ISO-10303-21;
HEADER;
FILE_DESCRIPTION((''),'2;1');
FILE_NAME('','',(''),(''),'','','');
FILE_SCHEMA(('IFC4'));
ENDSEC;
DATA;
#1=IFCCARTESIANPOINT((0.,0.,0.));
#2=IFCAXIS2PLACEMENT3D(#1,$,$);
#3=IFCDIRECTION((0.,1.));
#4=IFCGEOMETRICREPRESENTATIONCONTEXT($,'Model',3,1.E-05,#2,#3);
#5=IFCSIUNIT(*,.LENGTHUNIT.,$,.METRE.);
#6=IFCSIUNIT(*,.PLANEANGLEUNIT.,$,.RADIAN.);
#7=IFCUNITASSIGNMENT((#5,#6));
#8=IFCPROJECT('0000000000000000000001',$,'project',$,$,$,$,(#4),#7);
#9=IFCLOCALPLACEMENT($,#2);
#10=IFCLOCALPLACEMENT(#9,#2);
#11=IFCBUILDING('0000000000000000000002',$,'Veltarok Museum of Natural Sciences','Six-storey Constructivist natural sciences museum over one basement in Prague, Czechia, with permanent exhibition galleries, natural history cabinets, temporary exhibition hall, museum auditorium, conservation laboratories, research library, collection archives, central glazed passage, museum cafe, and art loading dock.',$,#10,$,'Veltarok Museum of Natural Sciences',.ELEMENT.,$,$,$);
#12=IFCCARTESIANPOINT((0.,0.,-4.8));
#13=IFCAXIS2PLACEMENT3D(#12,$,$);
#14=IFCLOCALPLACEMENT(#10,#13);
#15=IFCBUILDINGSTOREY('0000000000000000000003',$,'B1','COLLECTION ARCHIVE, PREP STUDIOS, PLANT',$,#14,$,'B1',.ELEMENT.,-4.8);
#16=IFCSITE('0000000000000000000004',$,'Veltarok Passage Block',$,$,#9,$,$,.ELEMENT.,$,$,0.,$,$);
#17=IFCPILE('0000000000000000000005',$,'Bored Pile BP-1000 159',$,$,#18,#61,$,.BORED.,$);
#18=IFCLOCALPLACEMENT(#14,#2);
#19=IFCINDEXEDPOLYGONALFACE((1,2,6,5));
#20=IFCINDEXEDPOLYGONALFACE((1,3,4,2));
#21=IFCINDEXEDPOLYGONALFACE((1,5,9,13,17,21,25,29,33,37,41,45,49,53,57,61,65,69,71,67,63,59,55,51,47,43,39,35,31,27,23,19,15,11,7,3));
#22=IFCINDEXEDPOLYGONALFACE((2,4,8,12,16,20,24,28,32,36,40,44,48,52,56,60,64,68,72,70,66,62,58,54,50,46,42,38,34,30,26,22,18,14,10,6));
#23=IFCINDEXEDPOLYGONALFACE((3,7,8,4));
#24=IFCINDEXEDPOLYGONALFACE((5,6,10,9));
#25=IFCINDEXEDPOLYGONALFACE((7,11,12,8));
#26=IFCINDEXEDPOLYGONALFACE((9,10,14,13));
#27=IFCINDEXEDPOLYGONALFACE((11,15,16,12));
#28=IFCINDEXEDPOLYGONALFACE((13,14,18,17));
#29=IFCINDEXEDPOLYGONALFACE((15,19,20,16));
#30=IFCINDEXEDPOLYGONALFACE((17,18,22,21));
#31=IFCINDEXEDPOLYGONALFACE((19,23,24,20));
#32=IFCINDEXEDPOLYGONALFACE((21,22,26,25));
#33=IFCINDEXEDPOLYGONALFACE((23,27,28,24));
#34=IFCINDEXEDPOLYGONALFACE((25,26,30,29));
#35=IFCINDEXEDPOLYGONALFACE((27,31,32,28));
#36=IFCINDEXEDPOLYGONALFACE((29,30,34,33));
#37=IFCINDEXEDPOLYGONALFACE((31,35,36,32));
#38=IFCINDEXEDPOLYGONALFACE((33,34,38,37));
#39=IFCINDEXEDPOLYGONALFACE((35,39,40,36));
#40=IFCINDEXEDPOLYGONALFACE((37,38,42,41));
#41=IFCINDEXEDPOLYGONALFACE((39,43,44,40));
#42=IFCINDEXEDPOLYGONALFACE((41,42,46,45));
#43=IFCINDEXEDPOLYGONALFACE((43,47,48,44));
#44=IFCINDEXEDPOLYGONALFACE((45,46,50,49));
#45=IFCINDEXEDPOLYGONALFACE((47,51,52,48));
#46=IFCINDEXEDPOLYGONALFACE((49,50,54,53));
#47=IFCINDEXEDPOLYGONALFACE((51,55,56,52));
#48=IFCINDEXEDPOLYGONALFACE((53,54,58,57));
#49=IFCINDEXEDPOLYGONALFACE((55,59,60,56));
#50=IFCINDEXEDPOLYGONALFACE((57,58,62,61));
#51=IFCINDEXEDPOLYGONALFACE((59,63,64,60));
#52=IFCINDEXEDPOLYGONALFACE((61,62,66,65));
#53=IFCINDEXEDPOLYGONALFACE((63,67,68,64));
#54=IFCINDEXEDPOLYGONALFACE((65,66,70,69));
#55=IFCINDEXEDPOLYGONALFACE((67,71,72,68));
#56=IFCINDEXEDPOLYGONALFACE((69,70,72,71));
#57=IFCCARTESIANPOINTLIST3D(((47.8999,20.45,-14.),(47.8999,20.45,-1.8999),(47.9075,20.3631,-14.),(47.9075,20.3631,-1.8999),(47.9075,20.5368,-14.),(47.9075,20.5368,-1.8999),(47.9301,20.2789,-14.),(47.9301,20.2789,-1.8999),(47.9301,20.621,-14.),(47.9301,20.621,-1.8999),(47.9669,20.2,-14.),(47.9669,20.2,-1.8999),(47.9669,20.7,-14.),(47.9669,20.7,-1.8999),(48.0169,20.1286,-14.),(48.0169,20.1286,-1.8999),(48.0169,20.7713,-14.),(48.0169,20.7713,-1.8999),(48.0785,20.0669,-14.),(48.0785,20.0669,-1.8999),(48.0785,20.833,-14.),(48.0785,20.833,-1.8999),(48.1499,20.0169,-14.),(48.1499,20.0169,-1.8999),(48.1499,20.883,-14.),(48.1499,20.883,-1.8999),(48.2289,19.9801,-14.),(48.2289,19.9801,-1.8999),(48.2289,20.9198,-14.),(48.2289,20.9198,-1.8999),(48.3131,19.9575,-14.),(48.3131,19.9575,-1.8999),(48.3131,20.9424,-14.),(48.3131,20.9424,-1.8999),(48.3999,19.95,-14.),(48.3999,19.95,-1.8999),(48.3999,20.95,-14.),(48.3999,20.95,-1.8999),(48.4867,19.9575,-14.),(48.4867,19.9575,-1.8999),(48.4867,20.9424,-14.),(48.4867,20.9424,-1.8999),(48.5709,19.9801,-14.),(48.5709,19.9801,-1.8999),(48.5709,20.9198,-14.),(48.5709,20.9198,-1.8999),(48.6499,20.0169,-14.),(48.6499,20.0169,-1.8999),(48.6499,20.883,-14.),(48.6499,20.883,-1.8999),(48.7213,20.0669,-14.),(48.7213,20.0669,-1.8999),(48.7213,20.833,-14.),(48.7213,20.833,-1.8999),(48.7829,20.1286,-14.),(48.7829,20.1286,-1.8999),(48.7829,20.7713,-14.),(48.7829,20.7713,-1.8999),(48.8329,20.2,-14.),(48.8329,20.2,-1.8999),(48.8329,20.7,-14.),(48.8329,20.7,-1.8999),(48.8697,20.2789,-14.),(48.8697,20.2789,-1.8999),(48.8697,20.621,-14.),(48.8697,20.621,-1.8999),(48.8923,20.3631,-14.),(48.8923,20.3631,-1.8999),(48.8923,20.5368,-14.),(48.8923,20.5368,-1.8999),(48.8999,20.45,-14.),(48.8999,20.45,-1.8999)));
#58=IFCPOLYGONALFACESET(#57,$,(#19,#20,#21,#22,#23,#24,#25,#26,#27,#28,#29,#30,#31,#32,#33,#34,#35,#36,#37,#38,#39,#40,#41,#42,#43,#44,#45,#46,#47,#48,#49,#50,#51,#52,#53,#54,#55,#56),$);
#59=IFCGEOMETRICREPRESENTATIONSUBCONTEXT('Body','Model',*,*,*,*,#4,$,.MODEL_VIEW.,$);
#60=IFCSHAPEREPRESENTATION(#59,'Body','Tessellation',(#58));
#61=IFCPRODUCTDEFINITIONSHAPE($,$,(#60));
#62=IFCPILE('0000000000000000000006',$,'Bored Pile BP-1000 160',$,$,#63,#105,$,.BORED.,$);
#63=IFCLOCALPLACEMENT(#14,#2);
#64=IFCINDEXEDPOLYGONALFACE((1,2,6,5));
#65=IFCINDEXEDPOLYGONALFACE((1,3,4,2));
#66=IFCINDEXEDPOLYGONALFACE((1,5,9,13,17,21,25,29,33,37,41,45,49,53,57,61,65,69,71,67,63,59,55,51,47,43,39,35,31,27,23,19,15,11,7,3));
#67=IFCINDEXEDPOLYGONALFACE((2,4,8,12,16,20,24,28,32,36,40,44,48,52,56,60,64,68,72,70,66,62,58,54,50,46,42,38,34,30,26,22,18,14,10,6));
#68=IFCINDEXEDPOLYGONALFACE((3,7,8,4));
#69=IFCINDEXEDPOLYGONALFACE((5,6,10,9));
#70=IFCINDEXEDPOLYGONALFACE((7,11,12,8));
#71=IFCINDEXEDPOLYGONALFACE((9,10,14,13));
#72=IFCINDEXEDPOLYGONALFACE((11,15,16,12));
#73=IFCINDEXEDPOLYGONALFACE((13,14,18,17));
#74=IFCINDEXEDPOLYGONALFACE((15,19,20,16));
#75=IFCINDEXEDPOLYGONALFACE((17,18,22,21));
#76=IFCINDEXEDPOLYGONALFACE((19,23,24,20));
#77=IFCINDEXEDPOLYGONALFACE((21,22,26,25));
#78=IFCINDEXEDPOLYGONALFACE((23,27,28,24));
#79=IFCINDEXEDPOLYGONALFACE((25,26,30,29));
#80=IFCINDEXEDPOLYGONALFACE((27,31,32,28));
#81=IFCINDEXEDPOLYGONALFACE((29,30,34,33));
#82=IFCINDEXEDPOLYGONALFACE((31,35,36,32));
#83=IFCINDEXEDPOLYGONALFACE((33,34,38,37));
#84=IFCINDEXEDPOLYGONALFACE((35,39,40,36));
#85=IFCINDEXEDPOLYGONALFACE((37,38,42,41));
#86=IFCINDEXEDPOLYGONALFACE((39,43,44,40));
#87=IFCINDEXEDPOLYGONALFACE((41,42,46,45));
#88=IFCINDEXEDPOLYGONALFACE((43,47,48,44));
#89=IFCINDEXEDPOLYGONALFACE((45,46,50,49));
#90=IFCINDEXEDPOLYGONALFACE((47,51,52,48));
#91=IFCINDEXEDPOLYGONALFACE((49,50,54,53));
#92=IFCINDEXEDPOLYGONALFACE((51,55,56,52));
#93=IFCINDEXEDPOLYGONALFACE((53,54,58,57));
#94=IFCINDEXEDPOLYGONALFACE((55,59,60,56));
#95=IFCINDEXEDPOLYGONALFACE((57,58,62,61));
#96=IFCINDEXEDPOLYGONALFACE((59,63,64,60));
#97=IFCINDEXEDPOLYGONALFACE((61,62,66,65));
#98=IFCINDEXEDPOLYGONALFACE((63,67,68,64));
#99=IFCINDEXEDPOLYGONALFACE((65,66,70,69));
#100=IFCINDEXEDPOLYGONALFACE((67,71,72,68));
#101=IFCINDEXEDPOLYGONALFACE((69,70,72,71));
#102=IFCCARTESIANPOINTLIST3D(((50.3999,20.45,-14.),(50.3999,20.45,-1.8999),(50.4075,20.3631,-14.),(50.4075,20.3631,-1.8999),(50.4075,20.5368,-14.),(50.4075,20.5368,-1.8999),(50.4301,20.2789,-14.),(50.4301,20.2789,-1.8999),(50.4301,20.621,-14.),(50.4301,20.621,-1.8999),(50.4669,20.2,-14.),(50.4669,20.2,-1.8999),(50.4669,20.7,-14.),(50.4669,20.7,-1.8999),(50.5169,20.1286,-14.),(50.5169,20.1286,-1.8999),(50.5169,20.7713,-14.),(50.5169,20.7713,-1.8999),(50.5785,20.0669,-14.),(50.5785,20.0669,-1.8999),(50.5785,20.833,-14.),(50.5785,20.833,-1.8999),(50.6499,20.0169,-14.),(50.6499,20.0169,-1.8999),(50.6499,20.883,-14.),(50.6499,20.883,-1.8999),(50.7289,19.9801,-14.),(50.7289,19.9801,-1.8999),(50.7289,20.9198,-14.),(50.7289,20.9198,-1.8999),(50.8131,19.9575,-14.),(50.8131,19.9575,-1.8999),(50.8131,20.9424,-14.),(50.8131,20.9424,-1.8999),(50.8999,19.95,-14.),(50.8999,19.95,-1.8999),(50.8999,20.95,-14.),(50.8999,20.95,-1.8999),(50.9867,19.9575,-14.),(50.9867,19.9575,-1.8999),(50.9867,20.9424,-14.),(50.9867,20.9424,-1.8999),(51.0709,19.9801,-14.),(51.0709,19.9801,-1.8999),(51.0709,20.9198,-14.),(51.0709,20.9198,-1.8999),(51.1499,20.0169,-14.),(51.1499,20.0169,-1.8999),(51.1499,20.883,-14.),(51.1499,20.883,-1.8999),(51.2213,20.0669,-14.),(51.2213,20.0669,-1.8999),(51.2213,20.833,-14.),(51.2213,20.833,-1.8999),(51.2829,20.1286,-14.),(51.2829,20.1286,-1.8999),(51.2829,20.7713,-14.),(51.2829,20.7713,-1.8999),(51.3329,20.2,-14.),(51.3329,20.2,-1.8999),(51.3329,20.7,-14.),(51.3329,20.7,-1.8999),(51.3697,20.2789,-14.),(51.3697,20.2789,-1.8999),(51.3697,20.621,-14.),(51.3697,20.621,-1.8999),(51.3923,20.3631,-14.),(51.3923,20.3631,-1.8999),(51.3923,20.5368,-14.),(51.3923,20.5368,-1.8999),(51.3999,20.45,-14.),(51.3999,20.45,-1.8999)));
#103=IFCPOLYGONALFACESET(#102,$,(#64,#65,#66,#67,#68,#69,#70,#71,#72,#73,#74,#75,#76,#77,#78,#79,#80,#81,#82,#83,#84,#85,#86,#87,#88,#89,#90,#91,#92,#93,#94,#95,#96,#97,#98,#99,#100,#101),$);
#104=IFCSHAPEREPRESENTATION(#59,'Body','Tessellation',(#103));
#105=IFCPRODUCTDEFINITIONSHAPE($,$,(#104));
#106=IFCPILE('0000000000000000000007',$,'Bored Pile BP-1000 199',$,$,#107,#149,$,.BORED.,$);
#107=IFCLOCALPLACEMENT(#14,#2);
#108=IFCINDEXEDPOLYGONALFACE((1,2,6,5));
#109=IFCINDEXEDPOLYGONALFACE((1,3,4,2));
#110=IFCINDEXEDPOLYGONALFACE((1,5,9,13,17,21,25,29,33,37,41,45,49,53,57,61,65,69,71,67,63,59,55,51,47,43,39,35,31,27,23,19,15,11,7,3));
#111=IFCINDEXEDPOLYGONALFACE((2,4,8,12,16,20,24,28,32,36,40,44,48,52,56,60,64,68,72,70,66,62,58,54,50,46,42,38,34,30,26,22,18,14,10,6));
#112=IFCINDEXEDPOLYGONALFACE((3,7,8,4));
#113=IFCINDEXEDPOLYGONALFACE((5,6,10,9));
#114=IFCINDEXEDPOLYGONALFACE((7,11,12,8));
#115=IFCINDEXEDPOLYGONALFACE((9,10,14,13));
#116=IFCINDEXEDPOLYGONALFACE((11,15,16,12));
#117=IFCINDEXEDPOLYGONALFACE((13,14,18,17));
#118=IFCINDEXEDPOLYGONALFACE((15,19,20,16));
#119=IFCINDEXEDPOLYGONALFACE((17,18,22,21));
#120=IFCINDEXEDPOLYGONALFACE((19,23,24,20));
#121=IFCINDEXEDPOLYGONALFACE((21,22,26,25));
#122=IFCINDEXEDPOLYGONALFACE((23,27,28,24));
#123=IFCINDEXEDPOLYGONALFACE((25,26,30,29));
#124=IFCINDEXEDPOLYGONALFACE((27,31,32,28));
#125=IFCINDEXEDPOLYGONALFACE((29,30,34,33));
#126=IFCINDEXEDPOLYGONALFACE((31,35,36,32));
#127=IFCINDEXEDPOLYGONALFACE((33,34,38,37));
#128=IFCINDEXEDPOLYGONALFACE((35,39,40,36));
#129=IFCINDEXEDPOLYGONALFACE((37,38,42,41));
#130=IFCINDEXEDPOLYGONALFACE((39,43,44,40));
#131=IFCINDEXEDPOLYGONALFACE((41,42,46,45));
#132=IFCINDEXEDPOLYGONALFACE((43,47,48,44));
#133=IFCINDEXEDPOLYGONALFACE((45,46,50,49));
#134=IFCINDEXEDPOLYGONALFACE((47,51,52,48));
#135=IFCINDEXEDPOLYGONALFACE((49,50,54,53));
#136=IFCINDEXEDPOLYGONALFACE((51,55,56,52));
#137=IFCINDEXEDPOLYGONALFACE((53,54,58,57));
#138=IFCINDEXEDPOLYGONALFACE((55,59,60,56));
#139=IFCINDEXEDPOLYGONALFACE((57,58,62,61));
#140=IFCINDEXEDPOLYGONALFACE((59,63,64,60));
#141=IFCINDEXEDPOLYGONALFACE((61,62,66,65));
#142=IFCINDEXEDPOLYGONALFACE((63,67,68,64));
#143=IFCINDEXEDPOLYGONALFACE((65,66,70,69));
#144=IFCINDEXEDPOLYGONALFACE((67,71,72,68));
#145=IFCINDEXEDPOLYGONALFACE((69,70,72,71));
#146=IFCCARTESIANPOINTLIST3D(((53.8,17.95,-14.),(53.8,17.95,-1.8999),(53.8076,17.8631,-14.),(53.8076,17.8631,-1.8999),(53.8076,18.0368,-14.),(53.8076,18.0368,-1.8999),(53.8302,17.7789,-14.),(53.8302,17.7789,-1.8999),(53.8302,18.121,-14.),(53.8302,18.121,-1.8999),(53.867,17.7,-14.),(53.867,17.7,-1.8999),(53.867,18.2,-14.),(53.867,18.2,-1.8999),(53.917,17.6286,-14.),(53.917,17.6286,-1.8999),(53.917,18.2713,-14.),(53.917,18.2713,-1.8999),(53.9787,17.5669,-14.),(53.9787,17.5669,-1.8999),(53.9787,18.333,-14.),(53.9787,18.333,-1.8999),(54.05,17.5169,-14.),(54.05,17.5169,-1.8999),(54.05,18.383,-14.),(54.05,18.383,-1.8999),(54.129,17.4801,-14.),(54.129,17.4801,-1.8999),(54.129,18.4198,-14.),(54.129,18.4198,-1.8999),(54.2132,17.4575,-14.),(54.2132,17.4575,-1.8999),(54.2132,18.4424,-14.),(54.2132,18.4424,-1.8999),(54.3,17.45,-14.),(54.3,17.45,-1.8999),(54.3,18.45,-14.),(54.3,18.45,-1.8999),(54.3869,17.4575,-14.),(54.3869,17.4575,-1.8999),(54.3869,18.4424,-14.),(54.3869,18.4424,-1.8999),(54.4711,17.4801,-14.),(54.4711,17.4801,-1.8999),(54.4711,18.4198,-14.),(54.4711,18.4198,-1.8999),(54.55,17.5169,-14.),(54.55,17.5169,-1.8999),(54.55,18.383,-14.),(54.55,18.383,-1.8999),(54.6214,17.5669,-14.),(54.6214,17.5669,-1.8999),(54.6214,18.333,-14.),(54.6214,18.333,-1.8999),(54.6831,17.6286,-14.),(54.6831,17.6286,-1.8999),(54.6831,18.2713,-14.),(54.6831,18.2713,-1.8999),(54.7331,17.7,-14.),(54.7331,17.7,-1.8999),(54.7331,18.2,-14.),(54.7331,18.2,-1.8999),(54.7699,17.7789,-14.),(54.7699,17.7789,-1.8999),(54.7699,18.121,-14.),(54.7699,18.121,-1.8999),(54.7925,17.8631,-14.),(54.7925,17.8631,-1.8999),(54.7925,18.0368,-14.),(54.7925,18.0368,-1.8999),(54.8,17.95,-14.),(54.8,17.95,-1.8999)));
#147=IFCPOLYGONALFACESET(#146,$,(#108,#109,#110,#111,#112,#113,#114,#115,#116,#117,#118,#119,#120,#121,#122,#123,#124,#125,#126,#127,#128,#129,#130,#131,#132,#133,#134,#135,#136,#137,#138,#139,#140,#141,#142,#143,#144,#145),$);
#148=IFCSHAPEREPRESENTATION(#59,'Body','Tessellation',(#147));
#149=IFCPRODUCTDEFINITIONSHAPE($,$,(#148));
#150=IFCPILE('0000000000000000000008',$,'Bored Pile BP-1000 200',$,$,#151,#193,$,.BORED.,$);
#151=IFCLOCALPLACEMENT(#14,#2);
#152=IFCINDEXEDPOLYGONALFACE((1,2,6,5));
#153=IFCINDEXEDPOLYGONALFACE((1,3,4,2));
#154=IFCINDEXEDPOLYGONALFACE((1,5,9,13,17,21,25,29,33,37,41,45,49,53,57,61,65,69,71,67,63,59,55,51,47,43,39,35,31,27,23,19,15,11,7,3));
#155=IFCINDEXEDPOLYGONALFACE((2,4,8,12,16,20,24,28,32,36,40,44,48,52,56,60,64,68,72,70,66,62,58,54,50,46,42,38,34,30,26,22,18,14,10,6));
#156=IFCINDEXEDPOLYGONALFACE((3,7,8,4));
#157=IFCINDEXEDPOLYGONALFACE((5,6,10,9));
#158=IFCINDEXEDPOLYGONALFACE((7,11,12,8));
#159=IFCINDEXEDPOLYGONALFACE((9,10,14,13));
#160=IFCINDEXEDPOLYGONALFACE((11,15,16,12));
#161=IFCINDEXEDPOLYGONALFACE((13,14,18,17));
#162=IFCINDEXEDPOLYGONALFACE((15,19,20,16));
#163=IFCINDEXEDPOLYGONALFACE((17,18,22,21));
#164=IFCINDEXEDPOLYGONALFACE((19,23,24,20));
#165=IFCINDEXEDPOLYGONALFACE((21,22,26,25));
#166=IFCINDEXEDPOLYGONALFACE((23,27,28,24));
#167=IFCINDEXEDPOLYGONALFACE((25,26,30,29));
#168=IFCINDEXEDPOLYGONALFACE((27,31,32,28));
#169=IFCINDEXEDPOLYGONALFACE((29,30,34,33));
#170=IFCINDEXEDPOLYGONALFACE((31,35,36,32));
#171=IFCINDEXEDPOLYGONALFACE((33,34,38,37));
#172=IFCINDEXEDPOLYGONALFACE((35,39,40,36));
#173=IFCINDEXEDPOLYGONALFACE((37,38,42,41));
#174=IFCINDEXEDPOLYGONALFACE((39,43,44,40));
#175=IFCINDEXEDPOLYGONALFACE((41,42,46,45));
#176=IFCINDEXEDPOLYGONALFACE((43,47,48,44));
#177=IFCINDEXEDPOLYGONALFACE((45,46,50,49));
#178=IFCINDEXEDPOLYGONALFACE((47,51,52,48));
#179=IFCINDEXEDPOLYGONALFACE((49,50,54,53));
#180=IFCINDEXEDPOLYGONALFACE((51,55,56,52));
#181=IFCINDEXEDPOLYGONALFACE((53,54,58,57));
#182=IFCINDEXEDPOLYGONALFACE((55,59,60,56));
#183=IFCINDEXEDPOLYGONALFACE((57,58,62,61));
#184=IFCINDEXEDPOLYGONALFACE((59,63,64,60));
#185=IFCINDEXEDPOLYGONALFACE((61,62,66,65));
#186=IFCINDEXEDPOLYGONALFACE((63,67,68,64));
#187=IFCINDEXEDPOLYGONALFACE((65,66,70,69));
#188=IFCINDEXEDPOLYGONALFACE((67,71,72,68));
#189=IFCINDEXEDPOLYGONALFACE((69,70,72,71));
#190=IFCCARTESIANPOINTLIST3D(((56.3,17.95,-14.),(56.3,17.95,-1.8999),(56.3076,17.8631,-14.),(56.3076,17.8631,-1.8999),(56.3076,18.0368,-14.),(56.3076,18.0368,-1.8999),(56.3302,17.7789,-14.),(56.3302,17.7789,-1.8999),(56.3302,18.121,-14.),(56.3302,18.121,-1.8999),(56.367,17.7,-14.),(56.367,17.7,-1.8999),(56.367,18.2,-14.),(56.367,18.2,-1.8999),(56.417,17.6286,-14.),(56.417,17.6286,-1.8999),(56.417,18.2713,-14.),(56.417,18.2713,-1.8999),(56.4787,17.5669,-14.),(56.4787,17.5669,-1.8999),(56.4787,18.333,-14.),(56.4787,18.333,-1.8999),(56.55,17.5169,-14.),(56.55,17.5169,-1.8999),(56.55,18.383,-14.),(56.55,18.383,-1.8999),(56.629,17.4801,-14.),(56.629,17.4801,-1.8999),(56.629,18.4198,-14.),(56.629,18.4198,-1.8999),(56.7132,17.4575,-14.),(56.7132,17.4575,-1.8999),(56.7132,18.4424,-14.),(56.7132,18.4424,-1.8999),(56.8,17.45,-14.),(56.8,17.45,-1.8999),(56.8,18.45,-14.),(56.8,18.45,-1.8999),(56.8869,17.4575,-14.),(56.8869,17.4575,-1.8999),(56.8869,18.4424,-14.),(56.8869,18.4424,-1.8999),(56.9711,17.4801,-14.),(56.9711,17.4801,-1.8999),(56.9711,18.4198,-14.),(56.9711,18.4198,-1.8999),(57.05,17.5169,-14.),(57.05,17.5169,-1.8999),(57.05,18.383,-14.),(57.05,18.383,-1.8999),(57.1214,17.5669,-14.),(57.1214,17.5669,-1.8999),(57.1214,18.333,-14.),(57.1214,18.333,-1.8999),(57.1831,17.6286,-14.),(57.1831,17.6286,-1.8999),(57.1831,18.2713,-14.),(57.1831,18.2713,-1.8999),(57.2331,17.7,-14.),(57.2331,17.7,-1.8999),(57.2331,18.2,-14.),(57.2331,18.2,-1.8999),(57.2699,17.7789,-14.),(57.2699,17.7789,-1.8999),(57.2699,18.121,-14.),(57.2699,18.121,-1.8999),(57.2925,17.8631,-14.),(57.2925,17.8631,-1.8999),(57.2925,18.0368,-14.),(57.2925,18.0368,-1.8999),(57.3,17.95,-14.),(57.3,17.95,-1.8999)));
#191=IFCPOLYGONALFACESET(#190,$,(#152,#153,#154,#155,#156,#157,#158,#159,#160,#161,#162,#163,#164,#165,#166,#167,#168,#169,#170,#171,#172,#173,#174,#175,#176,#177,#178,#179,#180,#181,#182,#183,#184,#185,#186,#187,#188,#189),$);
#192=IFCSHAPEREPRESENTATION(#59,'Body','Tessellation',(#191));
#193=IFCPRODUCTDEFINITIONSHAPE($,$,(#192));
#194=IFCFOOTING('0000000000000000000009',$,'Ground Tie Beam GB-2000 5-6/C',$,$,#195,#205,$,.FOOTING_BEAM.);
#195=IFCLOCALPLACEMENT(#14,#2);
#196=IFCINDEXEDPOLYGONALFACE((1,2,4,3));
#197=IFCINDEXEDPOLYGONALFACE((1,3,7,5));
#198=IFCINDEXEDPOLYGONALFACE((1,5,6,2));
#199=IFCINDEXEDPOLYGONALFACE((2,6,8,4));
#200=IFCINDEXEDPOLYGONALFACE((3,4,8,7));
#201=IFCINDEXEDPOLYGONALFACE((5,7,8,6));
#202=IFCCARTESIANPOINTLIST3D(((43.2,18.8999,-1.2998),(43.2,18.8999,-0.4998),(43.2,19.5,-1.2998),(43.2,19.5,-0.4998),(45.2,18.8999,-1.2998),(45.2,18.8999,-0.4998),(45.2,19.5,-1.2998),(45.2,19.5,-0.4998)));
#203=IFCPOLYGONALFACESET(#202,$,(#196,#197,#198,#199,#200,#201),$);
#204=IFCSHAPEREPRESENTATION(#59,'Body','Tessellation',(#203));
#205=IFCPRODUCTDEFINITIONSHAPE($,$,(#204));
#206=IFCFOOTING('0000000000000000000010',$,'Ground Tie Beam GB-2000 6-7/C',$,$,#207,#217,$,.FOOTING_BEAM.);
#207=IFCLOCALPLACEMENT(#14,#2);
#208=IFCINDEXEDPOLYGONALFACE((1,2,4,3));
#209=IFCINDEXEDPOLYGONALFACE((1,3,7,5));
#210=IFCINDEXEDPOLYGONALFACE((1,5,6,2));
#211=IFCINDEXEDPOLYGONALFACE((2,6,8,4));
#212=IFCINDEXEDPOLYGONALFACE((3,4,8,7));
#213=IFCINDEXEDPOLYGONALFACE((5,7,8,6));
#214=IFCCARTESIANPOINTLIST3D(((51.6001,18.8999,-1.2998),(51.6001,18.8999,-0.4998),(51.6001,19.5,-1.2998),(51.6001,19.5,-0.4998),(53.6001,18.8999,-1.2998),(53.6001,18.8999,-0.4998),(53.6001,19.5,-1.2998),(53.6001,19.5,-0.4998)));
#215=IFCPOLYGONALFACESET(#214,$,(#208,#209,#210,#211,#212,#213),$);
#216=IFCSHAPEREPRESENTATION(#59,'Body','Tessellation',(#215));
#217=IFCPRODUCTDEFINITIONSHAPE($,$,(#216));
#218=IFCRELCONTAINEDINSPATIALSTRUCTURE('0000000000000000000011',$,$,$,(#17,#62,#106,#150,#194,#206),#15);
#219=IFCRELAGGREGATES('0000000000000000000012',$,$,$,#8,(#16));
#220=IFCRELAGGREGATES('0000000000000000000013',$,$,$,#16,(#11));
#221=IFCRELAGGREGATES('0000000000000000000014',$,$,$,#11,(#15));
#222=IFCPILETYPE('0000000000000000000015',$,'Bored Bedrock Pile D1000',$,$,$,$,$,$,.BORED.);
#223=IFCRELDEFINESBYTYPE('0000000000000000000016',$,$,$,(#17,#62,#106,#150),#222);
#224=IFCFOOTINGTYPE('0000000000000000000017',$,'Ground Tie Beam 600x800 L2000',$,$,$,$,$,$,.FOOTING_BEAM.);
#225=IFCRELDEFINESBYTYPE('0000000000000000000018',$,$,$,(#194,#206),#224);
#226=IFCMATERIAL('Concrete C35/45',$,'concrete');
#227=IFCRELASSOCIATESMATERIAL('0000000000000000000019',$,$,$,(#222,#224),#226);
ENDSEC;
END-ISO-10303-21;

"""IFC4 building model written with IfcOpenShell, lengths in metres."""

from ifc_helpers import new_model, si_unit, direction, frame, origin, origin_2d, place, context, subcontext, project, spatial, rectangle, circle, extrude, material, material_profile, profile_set, type_object, element, save


model = new_model("IFC4")

# Units and contexts
model_context = context("Model", 3, precision=1e-05, world=origin(), true_north=direction((0.0, 1.0)))
body_context = subcontext(model_context, "Body", "Model", "MODEL_VIEW")
ifc_project = project(units=[si_unit("LENGTHUNIT", "METRE"), si_unit("PLANEANGLEUNIT", "RADIAN")], contexts=[model_context])

# Site, building, storey
site_placement = place(None, origin())
site = spatial("IfcSite", under=ifc_project, at=site_placement, Name="Veltarok Passage Block", CompositionType="ELEMENT", RefElevation=0.0)
building_placement = place(site_placement, origin())
building = spatial("IfcBuilding", under=site, at=building_placement, Name="Veltarok Museum of Natural Sciences", Description="Six-storey Constructivist natural sciences museum over one basement in Prague, Czechia, with permanent exhibition galleries, natural history cabinets, temporary exhibition hall, museum auditorium, conservation laboratories, research library, collection archives, central glazed passage, museum cafe, and art loading dock.", LongName="Veltarok Museum of Natural Sciences", CompositionType="ELEMENT")
storey_placement = place(building_placement, frame((0.0, 0.0, -4.8)))
storey = spatial("IfcBuildingStorey", under=building, at=storey_placement, Name="B1", Description="COLLECTION ARCHIVE, PREP STUDIOS, PLANT", LongName="B1", CompositionType="ELEMENT", Elevation=-4.8)

# Piles
ifc_material_1 = material(Name="Concrete C35/45", Category="concrete")
ifc_material_profile_1 = material_profile(ifc_material_1, circle(Radius=0.5, at=origin_2d()), Name="BP D1000")
ifc_profile_set_1 = profile_set([ifc_material_profile_1], Name="Concrete C35/45")
pile_type = type_object("IfcPileType", Name="Bored Bedrock Pile D1000", PredefinedType="BORED", material=ifc_profile_set_1)
for number, where, z_axis, x_axis, name in (
    (1, (48.3999, 20.45, -1.8999), (0.0, 0.0, -1.0), (1.0, 0.0, 0.0), "Bored Pile BP-1000 159"),
    (2, (50.8999, 20.45, -1.8999), (0.0, 0.0, -1.0), (1.0, 0.0, 0.0), "Bored Pile BP-1000 160"),
    (3, (54.3, 17.95, -1.8999), (0.0, 0.0, -1.0), (1.0, 0.0, 0.0), "Bored Pile BP-1000 199"),
    (4, (56.8, 17.95, -1.8999), (0.0, 0.0, -1.0), (1.0, 0.0, 0.0), "Bored Pile BP-1000 200"),
):
    element("IfcPile", number, at=place(storey_placement, frame(where, z_axis=z_axis, x_axis=x_axis)), inside=storey, type_object=pile_type, Name=name, PredefinedType="BORED", context=body_context, shape_type="SweptSolid", body=[
        extrude(circle(Radius=0.5, at=origin_2d()), origin(), (0.0, 0.0, 1.0), 12.1001),
    ])

# Footings
footing_type_1 = type_object("IfcFootingType", Name="Ground Tie Beam 600x800 L2000", PredefinedType="FOOTING_BEAM", material=ifc_material_1)
for number, where, z_axis, x_axis, name in (
    (5, (44.2, 19.2, -1.2998), (0.0, 0.0, 1.0), (1.0, 0.0, 0.0), "Ground Tie Beam GB-2000 5-6/C"),
    (6, (52.6001, 19.2, -1.2998), (0.0, 0.0, 1.0), (1.0, 0.0, 0.0), "Ground Tie Beam GB-2000 6-7/C"),
):
    element("IfcFooting", number, at=place(storey_placement, frame(where, z_axis=z_axis, x_axis=x_axis)), inside=storey, type_object=footing_type_1, Name=name, PredefinedType="FOOTING_BEAM", context=body_context, shape_type="SweptSolid", body=[
        extrude(rectangle(XDim=2.0, YDim=0.6001, at=origin_2d()), origin(), (0.0, 0.0, 1.0), 0.8),
    ])

save(model, "model.ifc")
